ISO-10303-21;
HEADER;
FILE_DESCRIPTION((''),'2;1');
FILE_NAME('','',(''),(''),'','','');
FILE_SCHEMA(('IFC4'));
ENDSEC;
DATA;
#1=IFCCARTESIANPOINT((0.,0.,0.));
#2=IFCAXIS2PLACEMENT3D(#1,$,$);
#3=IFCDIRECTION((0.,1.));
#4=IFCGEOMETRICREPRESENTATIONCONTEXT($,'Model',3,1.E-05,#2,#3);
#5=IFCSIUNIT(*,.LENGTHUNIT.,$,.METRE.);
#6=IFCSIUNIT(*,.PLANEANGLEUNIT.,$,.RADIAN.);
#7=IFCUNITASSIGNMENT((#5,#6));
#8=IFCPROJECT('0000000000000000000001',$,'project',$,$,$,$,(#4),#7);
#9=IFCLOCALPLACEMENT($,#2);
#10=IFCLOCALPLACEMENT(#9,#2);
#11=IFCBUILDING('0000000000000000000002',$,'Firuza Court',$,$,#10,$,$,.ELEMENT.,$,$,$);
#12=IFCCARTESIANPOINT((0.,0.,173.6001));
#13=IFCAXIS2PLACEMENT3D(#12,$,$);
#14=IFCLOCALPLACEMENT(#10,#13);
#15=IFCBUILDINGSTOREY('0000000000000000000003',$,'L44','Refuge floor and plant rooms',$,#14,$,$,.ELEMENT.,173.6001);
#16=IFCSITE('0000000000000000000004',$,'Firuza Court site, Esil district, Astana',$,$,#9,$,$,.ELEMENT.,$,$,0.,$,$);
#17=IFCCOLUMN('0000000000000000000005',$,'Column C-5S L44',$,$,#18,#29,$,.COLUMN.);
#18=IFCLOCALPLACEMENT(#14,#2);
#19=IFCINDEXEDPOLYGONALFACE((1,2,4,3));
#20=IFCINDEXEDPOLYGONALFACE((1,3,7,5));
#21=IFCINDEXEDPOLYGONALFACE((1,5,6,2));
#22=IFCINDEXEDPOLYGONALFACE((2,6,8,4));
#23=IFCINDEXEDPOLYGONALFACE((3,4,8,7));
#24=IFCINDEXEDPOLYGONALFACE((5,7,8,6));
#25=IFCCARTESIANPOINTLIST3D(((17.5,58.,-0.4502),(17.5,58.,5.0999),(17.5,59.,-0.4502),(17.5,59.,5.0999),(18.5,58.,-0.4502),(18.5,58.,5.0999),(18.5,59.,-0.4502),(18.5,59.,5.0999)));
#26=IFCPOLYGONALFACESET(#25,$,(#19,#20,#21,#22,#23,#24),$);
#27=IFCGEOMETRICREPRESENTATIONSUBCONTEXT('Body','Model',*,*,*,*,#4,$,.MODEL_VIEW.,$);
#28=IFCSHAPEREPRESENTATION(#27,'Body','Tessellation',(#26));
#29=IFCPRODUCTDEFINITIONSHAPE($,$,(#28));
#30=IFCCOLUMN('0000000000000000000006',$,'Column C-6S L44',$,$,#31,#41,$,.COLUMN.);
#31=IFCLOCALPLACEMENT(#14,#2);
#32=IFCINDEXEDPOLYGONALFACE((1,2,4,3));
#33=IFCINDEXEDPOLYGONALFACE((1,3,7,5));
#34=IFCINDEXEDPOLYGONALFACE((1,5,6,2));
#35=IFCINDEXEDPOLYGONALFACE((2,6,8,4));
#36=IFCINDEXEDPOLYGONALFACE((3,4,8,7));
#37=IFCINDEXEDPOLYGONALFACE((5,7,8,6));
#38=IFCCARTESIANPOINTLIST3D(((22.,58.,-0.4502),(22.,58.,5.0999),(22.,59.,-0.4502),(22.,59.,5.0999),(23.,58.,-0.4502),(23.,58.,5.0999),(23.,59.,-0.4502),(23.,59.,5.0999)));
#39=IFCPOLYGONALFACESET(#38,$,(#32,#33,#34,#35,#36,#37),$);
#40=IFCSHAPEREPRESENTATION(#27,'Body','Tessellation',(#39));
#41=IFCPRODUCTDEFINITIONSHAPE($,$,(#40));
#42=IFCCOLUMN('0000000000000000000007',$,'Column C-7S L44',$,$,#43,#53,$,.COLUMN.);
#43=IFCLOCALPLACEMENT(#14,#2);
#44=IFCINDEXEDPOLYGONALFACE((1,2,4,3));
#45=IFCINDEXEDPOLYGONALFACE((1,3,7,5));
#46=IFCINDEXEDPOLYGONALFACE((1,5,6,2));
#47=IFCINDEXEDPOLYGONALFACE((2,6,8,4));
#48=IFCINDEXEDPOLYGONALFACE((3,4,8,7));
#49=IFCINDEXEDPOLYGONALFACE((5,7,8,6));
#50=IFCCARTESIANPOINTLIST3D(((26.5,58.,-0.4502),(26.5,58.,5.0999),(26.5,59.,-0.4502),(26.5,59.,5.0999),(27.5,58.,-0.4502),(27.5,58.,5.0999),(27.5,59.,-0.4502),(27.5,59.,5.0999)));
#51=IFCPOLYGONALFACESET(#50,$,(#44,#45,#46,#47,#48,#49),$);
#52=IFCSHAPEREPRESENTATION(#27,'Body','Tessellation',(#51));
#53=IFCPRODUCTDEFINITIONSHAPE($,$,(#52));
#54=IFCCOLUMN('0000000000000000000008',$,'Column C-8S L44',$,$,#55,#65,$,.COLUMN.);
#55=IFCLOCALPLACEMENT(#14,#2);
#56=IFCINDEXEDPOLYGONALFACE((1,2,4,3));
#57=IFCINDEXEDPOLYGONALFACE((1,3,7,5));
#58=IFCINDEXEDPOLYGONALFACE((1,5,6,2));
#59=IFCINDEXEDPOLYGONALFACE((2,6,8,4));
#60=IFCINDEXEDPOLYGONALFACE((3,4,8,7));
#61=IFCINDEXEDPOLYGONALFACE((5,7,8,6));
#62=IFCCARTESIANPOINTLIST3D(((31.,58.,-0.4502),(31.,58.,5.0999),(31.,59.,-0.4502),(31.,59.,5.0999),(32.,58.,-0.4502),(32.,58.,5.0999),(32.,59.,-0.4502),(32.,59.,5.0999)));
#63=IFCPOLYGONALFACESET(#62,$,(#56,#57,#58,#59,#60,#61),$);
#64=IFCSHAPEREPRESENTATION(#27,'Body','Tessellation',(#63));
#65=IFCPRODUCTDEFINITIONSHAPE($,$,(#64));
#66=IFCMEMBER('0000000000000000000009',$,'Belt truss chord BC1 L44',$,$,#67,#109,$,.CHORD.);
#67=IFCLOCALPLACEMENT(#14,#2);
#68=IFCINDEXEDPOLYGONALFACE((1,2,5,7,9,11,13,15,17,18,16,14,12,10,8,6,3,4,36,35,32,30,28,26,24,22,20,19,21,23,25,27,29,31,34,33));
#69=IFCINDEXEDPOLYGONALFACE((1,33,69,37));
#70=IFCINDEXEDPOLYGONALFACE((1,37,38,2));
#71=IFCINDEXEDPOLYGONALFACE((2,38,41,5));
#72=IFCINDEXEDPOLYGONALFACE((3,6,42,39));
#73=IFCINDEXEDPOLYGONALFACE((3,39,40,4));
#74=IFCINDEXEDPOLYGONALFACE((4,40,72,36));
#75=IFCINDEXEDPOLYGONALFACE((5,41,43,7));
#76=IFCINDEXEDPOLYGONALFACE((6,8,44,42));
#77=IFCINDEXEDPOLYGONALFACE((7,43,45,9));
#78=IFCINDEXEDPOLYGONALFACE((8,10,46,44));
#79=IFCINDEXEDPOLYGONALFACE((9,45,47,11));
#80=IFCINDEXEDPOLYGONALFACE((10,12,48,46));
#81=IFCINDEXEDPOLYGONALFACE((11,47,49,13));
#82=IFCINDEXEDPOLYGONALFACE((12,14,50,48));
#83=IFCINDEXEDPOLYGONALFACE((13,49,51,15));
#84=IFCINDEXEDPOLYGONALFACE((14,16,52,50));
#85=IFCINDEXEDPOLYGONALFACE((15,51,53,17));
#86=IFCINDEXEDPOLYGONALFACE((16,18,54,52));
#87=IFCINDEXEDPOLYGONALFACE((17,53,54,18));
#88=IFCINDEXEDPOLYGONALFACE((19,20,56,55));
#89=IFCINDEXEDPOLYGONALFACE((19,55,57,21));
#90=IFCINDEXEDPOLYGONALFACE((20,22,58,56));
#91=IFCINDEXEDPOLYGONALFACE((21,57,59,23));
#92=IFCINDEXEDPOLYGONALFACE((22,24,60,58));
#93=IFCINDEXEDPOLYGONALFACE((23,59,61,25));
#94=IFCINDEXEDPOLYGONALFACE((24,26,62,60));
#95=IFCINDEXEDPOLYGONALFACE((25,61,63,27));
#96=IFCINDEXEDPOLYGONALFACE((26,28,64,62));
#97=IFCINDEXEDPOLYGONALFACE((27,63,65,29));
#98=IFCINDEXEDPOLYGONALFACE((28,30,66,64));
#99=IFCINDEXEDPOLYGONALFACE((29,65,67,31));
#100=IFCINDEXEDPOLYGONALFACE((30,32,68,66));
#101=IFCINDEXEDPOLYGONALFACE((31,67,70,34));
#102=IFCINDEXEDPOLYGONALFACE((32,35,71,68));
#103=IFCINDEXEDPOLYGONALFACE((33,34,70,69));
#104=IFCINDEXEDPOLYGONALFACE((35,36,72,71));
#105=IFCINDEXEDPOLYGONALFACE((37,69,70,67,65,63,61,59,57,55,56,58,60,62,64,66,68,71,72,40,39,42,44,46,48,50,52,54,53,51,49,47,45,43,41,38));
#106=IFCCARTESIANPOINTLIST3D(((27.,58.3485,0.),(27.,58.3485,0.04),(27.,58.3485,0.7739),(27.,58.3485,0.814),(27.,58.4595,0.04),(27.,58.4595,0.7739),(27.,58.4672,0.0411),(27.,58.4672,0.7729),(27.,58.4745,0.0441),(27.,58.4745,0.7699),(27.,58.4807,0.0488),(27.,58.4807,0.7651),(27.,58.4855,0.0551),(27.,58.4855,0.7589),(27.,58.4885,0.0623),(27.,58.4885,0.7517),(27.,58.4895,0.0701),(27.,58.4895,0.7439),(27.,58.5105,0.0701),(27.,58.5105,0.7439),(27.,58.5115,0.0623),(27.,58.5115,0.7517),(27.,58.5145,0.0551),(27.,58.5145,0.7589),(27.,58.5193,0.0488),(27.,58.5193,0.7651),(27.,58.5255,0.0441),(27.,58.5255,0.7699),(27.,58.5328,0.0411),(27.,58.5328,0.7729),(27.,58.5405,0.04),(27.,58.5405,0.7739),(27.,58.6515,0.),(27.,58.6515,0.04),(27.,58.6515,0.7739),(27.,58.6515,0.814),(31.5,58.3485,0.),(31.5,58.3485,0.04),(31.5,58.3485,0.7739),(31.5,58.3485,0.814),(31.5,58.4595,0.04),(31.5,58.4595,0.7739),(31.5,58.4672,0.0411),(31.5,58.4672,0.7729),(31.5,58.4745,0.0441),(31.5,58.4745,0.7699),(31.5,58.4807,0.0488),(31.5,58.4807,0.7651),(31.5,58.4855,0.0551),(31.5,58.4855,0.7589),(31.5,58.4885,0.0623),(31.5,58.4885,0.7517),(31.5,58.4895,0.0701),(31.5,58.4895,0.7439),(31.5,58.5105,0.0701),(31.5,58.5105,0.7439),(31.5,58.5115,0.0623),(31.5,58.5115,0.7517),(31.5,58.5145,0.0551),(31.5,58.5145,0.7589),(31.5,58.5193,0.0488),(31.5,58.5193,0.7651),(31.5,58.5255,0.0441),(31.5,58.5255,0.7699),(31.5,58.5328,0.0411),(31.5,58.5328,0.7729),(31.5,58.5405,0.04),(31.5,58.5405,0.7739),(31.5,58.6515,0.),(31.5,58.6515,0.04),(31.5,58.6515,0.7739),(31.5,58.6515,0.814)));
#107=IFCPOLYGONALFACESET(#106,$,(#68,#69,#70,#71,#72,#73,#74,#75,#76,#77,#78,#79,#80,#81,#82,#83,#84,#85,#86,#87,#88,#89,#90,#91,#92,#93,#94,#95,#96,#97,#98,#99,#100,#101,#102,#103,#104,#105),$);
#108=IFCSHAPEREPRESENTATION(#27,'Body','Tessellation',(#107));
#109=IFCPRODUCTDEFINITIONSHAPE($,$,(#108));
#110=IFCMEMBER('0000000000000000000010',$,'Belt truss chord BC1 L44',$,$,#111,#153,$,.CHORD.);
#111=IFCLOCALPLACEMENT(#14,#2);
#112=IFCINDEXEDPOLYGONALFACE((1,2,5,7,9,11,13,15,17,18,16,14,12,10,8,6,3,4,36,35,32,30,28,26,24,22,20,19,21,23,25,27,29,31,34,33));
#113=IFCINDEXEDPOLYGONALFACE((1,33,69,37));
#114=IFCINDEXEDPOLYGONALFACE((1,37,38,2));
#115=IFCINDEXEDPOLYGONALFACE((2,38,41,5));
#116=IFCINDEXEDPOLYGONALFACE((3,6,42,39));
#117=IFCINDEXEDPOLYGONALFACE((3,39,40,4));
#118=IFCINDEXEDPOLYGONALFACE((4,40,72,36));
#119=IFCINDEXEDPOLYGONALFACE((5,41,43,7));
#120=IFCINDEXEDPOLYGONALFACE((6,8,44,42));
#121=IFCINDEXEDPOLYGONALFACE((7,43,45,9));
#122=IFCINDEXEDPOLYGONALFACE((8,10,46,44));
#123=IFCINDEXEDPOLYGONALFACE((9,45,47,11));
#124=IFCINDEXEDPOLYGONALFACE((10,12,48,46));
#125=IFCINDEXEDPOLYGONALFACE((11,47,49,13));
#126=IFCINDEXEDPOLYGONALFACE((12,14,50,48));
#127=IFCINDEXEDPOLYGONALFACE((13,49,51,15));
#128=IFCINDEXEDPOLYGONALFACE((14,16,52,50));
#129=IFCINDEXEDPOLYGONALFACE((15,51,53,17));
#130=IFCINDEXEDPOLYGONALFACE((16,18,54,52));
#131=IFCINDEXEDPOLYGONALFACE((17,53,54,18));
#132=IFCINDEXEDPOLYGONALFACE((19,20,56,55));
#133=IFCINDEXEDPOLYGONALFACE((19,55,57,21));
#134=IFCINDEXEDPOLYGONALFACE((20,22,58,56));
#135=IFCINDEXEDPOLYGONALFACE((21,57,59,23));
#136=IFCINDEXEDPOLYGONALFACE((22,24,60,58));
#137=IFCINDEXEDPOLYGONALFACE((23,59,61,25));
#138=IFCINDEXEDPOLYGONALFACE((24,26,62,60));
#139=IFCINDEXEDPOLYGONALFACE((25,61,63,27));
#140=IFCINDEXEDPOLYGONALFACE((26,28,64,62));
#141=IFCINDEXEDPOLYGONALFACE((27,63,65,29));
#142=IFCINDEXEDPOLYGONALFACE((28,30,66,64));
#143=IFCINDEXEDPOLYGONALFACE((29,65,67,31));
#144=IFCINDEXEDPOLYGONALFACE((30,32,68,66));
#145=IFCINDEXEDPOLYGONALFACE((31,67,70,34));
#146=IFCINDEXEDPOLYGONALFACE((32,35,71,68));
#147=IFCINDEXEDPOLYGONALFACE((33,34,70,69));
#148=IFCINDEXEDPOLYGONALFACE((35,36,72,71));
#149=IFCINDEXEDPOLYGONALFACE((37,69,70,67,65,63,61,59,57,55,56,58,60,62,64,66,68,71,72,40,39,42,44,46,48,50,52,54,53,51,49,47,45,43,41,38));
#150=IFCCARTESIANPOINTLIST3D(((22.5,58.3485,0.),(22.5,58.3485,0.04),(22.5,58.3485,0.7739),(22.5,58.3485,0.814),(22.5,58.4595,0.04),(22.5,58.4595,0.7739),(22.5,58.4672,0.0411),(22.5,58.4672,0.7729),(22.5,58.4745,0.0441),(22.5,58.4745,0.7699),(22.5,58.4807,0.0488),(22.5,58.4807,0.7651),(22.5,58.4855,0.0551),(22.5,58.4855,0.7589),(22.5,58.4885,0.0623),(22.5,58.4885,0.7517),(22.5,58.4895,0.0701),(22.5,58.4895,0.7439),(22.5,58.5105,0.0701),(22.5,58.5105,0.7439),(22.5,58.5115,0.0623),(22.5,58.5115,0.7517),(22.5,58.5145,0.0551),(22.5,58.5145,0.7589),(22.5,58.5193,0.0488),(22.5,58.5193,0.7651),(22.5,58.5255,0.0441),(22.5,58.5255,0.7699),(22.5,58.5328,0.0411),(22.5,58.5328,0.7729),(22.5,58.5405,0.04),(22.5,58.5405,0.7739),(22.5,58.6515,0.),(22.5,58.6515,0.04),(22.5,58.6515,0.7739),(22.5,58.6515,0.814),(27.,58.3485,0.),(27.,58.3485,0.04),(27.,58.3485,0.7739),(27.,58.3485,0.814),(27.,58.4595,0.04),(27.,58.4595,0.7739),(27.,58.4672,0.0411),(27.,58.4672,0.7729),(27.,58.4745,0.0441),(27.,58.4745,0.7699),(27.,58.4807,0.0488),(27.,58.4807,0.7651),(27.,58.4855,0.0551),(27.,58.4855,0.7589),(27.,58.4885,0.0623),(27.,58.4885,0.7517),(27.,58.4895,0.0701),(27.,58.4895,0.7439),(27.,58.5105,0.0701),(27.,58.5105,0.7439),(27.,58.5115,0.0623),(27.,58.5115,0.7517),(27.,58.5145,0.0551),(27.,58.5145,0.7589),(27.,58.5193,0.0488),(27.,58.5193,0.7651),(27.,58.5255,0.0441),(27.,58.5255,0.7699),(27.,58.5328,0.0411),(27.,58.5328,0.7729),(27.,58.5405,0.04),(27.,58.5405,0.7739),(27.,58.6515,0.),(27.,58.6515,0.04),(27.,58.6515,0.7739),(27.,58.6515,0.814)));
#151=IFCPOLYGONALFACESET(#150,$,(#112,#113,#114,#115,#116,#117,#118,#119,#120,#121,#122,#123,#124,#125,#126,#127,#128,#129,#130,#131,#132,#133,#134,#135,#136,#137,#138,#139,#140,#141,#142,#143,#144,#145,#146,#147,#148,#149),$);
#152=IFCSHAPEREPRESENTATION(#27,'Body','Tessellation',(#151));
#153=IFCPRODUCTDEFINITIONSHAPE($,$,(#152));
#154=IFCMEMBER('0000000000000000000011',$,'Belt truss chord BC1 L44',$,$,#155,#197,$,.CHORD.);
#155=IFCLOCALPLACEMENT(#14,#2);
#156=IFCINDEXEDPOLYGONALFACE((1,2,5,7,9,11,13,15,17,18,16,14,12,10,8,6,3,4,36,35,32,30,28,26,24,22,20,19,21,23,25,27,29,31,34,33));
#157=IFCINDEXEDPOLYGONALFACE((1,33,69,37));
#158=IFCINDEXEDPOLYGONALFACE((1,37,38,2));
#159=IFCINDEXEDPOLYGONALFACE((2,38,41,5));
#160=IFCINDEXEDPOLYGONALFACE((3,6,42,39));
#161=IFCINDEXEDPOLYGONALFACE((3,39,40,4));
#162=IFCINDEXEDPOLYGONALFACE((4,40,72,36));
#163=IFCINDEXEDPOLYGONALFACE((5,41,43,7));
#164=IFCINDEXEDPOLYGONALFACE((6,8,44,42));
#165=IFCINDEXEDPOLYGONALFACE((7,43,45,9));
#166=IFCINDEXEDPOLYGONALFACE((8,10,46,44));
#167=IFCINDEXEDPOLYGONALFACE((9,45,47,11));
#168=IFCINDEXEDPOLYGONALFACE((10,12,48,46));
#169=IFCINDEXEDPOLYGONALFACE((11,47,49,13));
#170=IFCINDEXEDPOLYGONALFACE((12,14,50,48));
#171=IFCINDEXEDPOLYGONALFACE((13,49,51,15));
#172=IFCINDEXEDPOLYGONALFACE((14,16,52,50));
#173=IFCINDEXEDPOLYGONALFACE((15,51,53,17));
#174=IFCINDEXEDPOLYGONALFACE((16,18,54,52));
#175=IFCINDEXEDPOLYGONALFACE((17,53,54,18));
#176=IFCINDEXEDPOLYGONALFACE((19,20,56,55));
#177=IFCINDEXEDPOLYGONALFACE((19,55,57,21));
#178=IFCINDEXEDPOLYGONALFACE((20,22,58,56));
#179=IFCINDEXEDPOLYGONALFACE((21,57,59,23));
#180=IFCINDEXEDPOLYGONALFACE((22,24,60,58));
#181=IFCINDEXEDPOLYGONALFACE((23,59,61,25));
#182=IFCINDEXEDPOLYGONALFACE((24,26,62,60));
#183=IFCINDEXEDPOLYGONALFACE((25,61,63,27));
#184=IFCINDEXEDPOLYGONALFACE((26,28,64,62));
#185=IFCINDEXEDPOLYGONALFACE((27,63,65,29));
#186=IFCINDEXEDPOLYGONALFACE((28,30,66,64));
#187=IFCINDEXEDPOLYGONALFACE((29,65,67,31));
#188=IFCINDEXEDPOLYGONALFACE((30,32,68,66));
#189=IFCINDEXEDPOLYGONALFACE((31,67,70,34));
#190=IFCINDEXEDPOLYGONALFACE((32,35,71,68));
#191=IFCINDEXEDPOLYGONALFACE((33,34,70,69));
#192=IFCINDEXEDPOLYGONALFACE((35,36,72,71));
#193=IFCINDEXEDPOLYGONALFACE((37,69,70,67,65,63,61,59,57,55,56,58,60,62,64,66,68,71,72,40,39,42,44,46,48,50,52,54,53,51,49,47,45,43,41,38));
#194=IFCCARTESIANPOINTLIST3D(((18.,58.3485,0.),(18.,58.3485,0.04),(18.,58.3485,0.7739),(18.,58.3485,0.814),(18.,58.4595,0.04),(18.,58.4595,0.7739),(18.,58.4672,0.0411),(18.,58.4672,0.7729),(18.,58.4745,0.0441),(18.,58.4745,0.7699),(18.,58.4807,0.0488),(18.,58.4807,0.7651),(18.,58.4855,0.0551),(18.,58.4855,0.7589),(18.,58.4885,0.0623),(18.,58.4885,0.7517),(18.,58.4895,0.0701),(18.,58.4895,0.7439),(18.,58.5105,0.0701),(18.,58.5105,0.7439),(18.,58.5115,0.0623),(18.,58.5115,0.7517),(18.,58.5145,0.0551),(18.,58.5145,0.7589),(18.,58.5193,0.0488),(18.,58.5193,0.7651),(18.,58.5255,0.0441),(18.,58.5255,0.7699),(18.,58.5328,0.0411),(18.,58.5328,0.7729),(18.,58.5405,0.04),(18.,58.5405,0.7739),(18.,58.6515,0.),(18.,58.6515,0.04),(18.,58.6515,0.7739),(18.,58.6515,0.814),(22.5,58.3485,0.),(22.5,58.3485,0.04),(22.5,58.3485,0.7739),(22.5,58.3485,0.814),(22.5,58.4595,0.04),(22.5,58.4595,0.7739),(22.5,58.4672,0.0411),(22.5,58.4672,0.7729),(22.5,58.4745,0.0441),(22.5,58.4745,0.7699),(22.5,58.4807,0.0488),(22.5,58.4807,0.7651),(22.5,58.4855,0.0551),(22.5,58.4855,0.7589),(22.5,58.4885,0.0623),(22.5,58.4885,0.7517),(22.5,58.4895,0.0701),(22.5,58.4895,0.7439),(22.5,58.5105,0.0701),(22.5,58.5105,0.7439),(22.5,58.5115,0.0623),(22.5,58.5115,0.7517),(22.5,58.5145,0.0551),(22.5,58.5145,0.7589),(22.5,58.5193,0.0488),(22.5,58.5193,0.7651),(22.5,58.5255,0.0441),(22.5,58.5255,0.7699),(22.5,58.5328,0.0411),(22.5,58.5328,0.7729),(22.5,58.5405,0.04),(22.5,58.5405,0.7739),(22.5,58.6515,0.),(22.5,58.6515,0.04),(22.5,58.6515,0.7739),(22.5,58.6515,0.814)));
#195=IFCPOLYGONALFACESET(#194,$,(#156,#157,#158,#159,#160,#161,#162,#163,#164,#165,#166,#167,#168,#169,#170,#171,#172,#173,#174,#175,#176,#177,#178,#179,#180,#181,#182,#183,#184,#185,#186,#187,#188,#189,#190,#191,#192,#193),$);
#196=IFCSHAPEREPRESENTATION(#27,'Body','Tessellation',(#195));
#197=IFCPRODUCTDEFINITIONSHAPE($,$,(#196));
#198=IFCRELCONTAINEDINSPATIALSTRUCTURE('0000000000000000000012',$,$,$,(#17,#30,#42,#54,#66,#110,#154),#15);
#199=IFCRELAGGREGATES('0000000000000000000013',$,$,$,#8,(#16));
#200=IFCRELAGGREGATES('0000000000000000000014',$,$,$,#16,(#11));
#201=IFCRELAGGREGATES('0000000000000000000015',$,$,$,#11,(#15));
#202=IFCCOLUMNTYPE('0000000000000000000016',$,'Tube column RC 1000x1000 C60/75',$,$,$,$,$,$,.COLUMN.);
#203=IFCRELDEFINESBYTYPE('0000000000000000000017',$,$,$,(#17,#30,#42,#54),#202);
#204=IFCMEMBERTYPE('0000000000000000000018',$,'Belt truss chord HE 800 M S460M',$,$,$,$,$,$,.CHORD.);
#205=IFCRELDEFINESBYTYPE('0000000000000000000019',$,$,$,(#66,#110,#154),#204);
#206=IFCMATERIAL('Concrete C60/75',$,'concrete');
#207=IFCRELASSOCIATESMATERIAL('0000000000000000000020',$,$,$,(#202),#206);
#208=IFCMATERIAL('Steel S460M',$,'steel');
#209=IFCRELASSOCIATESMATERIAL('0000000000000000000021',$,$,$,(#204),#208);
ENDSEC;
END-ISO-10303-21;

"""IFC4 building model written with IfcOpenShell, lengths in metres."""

from ifc_helpers import new_model, si_unit, direction, frame, origin, origin_2d, place, context, subcontext, project, spatial, rectangle, i_section, extrude, material, material_profile, profile_set, type_object, element, save


model = new_model("IFC4")

# Units and contexts
model_context = context("Model", 3, precision=1e-05, world=origin(), true_north=direction((0.0, 1.0)))
body_context = subcontext(model_context, "Body", "Model", "MODEL_VIEW")
ifc_project = project(units=[si_unit("LENGTHUNIT", "METRE"), si_unit("PLANEANGLEUNIT", "RADIAN")], contexts=[model_context])

# Site, building, storey
site_placement = place(None, origin())
site = spatial("IfcSite", under=ifc_project, at=site_placement, Name="Firuza Court site, Esil district, Astana", CompositionType="ELEMENT", RefElevation=0.0)
building_placement = place(site_placement, origin())
building = spatial("IfcBuilding", under=site, at=building_placement, Name="Firuza Court", CompositionType="ELEMENT")
storey_placement = place(building_placement, frame((0.0, 0.0, 173.6001)))
storey = spatial("IfcBuildingStorey", under=building, at=storey_placement, Name="L44", Description="Refuge floor and plant rooms", CompositionType="ELEMENT", Elevation=173.6001)

# Columns
ifc_material_1 = material(Name="Concrete C60/75", Category="concrete")
ifc_material_profile_1 = material_profile(ifc_material_1, rectangle(XDim=1.0, YDim=1.0, at=origin_2d()), Name="RC 1000x1000")
ifc_profile_set_1 = profile_set([ifc_material_profile_1], Name="Concrete C60/75")
column_type = type_object("IfcColumnType", Name="Tube column RC 1000x1000 C60/75", PredefinedType="COLUMN", material=ifc_profile_set_1)
for number, where, z_axis, x_axis, name in (
    (1, (18.0, 58.5, -0.4502), (0.0, 0.0, 1.0), (1.0, 0.0, 0.0), "Column C-5S L44"),
    (2, (22.5, 58.5, -0.4502), (0.0, 0.0, 1.0), (1.0, 0.0, 0.0), "Column C-6S L44"),
    (3, (27.0, 58.5, -0.4502), (0.0, 0.0, 1.0), (1.0, 0.0, 0.0), "Column C-7S L44"),
    (4, (31.5, 58.5, -0.4502), (0.0, 0.0, 1.0), (1.0, 0.0, 0.0), "Column C-8S L44"),
):
    element("IfcColumn", number, at=place(storey_placement, frame(where, z_axis=z_axis, x_axis=x_axis)), inside=storey, type_object=column_type, Name=name, PredefinedType="COLUMN", context=body_context, shape_type="SweptSolid", body=[
        extrude(rectangle(XDim=1.0, YDim=1.0, at=origin_2d()), origin(), (0.0, 0.0, 1.0), 5.55),
    ])

# Members
ifc_material_2 = material(Name="Steel S460M", Category="steel")
ifc_material_profile_2 = material_profile(ifc_material_2, i_section(OverallWidth=0.303, OverallDepth=0.814, WebThickness=0.021, FlangeThickness=0.04, FilletRadius=0.03, at=origin_2d()), Name="HE 800 M")
ifc_profile_set_2 = profile_set([ifc_material_profile_2], Name="Steel S460M")
member_type_1 = type_object("IfcMemberType", Name="Belt truss chord HE 800 M S460M", PredefinedType="CHORD", material=ifc_profile_set_2)
for number, where, z_axis, x_axis, name in (
    (5, (31.5, 58.5, 0.407), (-1.0, 0.0, 0.0), (0.0, -1.0, 0.0), "Belt truss chord BC1 L44"),
    (6, (27.0, 58.5, 0.407), (-1.0, 0.0, 0.0), (0.0, -1.0, 0.0), "Belt truss chord BC1 L44"),
    (7, (22.5, 58.5, 0.407), (-1.0, 0.0, 0.0), (0.0, -1.0, 0.0), "Belt truss chord BC1 L44"),
):
    element("IfcMember", number, at=place(storey_placement, frame(where, z_axis=z_axis, x_axis=x_axis)), inside=storey, type_object=member_type_1, Name=name, PredefinedType="CHORD", context=body_context, shape_type="SweptSolid", body=[
        extrude(i_section(OverallWidth=0.303, OverallDepth=0.814, WebThickness=0.021, FlangeThickness=0.04, FilletRadius=0.03, at=origin_2d()), origin(), (0.0, 0.0, 1.0), 4.5),
    ])

save(model, "model.ifc")
